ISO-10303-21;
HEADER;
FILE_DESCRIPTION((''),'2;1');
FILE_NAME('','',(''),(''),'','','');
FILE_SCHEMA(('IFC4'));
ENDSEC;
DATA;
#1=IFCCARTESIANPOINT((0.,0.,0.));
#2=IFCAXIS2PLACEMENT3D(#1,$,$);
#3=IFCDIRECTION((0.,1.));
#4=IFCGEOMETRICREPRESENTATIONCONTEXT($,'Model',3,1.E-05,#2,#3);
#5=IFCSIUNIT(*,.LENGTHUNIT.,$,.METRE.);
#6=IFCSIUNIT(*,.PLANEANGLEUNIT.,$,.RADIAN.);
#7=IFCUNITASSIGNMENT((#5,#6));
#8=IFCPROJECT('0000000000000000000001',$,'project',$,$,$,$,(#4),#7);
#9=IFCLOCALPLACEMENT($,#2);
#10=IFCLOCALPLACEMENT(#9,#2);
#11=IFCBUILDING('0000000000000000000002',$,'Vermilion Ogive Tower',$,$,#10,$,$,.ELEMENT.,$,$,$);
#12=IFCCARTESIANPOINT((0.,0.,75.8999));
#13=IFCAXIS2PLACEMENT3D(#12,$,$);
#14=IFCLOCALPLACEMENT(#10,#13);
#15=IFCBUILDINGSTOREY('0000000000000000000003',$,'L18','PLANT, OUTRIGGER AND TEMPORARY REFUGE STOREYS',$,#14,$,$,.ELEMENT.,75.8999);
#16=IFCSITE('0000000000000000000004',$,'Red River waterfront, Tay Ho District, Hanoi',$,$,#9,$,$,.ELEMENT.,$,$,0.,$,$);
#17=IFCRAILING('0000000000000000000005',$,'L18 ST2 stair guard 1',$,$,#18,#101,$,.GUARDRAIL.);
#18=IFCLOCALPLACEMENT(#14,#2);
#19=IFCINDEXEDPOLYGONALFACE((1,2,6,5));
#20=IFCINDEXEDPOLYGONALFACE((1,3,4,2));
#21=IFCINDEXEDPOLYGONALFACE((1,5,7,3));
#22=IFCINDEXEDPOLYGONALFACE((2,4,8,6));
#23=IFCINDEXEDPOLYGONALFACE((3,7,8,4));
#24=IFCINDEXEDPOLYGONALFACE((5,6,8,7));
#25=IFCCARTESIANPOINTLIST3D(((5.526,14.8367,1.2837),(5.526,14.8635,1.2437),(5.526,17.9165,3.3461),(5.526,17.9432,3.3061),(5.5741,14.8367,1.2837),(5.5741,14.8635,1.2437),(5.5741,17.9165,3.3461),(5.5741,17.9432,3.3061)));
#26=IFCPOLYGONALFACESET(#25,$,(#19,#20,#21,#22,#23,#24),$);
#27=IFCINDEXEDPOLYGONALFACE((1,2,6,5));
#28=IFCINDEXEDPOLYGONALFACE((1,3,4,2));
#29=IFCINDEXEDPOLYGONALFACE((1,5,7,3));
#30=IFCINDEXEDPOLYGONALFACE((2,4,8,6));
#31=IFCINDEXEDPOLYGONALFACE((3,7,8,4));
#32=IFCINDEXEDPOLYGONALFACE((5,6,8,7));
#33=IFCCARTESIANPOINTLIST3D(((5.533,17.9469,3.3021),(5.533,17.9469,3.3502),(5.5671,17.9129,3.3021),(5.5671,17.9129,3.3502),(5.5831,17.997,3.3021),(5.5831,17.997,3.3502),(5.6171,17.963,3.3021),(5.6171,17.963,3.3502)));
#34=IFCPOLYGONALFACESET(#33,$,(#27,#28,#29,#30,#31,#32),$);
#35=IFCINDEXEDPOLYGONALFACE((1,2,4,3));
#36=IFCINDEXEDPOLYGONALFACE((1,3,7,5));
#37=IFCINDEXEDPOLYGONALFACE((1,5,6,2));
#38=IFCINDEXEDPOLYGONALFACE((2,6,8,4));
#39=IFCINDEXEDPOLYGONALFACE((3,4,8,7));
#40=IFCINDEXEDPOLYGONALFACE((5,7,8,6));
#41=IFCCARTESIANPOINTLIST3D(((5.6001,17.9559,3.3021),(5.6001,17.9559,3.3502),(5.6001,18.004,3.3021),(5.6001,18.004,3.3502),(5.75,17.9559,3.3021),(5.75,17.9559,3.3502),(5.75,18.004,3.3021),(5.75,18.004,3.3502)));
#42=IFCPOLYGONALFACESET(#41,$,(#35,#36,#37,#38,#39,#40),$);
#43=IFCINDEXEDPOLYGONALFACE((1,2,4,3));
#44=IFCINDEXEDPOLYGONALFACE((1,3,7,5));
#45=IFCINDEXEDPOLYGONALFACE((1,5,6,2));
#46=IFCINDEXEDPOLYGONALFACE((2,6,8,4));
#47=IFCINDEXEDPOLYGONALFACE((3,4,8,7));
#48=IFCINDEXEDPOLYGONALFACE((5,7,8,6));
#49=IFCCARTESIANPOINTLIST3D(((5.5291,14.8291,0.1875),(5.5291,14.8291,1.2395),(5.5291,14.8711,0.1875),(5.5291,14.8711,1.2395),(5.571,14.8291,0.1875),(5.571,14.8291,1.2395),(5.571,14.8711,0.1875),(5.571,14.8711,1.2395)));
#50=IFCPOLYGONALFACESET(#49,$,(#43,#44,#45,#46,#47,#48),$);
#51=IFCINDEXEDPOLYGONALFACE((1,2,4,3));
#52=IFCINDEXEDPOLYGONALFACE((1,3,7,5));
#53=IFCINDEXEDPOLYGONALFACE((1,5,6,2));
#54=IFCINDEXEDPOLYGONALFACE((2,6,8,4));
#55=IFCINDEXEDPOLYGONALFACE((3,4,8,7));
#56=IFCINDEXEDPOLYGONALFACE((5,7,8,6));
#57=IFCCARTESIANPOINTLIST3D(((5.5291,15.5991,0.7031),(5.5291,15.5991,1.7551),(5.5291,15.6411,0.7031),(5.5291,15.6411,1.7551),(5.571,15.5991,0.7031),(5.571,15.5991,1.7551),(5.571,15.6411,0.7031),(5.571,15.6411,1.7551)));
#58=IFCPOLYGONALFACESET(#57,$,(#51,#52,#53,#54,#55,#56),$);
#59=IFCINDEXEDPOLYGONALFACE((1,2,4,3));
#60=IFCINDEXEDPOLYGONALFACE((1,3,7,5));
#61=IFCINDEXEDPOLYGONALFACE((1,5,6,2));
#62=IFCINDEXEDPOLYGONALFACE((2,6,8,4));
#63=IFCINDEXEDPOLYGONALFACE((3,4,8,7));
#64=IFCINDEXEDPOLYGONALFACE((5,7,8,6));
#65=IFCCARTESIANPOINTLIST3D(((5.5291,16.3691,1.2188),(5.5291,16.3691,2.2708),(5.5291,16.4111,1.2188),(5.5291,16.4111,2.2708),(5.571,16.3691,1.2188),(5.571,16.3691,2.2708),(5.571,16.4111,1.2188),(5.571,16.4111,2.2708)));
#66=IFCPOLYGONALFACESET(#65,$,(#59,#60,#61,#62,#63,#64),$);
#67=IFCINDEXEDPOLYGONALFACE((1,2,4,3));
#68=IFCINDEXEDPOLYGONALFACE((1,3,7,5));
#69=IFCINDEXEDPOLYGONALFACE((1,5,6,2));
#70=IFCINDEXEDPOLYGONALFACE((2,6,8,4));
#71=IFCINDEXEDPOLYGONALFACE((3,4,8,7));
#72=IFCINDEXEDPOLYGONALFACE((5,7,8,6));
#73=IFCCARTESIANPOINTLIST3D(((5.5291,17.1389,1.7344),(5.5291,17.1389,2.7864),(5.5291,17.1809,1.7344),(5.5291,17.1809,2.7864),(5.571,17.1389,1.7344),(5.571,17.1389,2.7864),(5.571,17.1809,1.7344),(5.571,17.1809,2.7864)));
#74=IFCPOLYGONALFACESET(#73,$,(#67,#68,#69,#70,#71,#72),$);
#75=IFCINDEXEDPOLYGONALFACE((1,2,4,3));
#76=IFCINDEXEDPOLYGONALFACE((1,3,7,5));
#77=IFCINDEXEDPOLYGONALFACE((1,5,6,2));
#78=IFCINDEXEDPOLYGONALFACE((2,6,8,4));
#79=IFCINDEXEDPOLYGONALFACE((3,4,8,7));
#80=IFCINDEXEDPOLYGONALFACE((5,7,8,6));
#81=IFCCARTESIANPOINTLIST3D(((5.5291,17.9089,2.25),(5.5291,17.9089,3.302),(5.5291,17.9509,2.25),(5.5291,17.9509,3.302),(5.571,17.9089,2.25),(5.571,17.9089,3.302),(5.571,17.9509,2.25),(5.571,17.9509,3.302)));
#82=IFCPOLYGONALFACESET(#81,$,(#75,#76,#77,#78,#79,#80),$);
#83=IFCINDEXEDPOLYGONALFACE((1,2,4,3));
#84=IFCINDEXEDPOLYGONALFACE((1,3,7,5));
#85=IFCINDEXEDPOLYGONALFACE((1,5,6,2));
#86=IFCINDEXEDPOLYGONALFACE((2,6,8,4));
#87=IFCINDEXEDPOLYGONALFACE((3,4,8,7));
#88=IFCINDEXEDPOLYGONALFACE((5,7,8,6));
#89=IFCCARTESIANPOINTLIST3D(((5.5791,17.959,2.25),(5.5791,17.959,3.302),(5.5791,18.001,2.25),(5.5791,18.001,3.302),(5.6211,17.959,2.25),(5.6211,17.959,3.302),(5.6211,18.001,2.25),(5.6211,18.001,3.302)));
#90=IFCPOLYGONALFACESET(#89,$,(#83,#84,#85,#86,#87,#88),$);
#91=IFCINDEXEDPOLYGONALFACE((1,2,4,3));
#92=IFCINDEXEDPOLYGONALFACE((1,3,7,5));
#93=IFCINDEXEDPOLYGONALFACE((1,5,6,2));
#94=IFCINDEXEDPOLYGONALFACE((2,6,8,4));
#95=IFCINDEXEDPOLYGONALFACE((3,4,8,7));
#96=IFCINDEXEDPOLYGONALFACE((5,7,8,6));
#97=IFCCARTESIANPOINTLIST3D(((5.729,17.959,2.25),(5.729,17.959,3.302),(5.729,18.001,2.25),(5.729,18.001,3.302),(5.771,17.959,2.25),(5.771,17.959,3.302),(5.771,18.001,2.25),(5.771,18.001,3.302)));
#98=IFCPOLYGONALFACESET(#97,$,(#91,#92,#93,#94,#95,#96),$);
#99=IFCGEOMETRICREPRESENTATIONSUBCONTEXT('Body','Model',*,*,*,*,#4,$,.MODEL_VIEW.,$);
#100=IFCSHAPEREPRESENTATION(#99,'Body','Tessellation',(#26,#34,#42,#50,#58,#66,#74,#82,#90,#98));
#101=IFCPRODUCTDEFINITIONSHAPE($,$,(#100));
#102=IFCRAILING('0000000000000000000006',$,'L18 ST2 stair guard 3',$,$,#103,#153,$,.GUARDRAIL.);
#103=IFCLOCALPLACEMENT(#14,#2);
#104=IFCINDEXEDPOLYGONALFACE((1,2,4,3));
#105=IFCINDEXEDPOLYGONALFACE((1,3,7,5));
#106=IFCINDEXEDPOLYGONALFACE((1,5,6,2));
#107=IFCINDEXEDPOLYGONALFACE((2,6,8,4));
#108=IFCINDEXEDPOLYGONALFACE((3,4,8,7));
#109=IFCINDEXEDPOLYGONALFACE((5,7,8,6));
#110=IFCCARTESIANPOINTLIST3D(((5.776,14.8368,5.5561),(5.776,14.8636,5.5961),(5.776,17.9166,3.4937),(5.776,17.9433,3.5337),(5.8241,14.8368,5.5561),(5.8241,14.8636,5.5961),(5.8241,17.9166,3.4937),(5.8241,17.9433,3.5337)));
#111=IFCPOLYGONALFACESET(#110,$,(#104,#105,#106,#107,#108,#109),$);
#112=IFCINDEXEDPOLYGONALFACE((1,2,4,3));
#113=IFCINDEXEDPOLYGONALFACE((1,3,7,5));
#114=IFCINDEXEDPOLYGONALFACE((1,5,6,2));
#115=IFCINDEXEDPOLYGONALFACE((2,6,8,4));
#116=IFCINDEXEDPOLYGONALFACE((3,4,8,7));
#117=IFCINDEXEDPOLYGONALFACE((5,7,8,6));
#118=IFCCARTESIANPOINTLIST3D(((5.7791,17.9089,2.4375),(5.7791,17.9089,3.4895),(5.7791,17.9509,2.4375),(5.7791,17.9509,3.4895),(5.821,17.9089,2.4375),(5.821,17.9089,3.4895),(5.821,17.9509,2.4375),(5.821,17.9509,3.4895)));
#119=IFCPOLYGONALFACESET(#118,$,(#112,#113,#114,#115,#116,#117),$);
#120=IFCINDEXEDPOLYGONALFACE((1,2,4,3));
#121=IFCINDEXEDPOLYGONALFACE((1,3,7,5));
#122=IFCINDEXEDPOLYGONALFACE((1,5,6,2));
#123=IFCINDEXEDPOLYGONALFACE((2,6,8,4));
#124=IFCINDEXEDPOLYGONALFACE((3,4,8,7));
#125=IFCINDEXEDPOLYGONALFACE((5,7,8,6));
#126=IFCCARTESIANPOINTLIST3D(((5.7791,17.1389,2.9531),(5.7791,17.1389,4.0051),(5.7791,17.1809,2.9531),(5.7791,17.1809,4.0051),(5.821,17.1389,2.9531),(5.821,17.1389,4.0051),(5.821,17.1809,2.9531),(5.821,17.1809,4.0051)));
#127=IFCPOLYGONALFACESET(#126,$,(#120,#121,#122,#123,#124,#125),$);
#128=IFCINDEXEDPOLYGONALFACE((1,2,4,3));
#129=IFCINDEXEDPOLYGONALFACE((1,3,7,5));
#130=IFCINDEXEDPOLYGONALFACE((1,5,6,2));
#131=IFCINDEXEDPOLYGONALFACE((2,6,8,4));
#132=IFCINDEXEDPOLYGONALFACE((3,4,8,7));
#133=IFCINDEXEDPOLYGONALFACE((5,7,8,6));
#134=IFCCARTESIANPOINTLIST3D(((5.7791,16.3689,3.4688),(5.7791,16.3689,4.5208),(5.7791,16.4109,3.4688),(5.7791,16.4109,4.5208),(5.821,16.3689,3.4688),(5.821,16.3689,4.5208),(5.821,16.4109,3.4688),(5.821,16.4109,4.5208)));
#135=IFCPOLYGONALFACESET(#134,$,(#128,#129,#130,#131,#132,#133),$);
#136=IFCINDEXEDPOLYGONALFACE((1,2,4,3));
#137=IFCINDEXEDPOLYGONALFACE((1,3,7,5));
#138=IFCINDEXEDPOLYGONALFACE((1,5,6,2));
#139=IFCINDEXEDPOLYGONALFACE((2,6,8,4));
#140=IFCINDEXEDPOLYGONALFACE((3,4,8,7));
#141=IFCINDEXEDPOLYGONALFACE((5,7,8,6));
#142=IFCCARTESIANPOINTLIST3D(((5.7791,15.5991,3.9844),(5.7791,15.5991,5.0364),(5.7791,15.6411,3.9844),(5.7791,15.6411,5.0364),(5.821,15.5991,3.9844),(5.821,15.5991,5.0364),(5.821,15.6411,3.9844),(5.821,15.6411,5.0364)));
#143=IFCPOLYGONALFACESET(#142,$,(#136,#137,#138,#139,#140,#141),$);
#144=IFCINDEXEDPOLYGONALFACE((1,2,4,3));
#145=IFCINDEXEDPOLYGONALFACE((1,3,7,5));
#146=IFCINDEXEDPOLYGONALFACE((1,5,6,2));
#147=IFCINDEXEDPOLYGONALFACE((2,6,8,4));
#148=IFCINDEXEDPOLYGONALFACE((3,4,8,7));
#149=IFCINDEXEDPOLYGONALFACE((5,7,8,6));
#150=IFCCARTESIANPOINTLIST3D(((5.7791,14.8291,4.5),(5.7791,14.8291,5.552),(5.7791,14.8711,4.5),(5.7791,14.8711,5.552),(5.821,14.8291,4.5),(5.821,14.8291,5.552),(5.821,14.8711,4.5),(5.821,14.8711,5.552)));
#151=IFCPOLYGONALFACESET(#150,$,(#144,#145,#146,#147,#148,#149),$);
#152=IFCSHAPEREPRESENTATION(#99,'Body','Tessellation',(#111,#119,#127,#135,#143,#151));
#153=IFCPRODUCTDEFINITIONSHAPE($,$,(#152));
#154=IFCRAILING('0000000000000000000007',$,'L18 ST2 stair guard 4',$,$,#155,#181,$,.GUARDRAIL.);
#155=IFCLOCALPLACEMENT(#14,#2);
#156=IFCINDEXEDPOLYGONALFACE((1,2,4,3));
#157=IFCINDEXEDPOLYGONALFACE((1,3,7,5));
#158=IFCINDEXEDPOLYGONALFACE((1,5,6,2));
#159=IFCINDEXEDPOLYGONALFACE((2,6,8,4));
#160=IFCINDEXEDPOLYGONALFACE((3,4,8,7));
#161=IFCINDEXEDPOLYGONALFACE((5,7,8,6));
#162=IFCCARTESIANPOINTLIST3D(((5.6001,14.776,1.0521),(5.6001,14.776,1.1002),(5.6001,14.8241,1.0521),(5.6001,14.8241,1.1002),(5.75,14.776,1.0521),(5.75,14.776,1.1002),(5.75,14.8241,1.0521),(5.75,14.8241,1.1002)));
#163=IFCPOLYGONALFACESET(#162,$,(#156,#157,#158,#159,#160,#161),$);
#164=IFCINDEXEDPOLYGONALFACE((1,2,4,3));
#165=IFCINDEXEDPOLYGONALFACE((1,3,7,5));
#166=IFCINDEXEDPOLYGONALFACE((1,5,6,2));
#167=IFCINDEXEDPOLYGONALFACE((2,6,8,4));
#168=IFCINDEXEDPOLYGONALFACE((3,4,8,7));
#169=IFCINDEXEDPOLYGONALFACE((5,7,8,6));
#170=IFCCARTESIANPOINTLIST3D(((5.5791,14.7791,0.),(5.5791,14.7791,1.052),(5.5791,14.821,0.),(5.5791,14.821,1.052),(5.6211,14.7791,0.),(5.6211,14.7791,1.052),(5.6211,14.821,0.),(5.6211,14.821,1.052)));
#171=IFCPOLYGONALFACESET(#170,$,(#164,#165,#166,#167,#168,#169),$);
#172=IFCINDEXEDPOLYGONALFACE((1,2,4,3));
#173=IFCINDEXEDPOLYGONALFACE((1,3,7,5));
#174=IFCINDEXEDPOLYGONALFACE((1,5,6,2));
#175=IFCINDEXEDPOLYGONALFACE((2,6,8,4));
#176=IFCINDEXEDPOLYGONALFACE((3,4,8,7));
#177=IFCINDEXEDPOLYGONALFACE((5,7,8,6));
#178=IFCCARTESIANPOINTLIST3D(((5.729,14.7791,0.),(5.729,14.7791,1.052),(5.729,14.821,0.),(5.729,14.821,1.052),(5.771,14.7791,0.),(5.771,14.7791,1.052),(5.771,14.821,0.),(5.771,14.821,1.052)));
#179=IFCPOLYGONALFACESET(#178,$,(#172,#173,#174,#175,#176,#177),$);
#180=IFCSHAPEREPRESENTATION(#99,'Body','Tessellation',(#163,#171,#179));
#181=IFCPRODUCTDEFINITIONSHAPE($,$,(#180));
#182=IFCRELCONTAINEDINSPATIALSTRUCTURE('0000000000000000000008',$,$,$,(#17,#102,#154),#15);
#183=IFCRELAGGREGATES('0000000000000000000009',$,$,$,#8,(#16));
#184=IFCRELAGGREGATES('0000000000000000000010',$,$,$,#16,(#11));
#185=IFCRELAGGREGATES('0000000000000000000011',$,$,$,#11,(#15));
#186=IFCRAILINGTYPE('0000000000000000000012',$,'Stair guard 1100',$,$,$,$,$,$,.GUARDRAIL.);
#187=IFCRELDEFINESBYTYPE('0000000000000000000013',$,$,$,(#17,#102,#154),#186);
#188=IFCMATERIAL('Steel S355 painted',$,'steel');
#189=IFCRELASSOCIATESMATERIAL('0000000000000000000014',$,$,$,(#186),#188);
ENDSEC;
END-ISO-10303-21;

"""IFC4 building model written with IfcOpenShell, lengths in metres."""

from ifc_helpers import new_model, si_unit, direction, frame, origin, origin_2d, place, context, subcontext, project, spatial, rectangle, extrude, material, type_object, element, save


model = new_model("IFC4")

# Units and contexts
model_context = context("Model", 3, precision=1e-05, world=origin(), true_north=direction((0.0, 1.0)))
body_context = subcontext(model_context, "Body", "Model", "MODEL_VIEW")
ifc_project = project(units=[si_unit("LENGTHUNIT", "METRE"), si_unit("PLANEANGLEUNIT", "RADIAN")], contexts=[model_context])

# Site, building, storey
site_placement = place(None, origin())
site = spatial("IfcSite", under=ifc_project, at=site_placement, Name="Red River waterfront, Tay Ho District, Hanoi", CompositionType="ELEMENT", RefElevation=0.0)
building_placement = place(site_placement, origin())
building = spatial("IfcBuilding", under=site, at=building_placement, Name="Vermilion Ogive Tower", CompositionType="ELEMENT")
storey_placement = place(building_placement, frame((0.0, 0.0, 75.8999)))
storey = spatial("IfcBuildingStorey", under=building, at=storey_placement, Name="L18", Description="PLANT, OUTRIGGER AND TEMPORARY REFUGE STOREYS", CompositionType="ELEMENT", Elevation=75.8999)

# Railings
ifc_material_1 = material(Name="Steel S355 painted", Category="steel")
railing_type_1 = type_object("IfcRailingType", Name="Stair guard 1100", PredefinedType="GUARDRAIL", material=ifc_material_1)
railing_1_placement = place(storey_placement, frame((5.55, 14.8501, 0.1875)))
element("IfcRailing", 1, at=railing_1_placement, inside=storey, type_object=railing_type_1, Name="L18 ST2 stair guard 1", PredefinedType="GUARDRAIL", context=body_context, shape_type="SweptSolid", body=[
    extrude(rectangle(XDim=0.0481, YDim=0.0481, at=origin_2d()), frame((0.0, 0.0, 1.0762), z_axis=(0.0, 0.830893, 0.556432), x_axis=(-1.0, 0.0, 0.0)), (0.0, 0.0, 1.0), 3.7065),
    extrude(rectangle(XDim=0.0481, YDim=0.0481, at=origin_2d()), frame((0.0, 3.0798, 3.1387), z_axis=(0.707107, 0.707107, 0.0), x_axis=(-0.707107, 0.707107, 0.0)), (0.0, 0.0, 1.0), 0.0708),
    extrude(rectangle(XDim=0.0481, YDim=0.0481, at=origin_2d()), frame((0.05, 3.1299, 3.1387), z_axis=(1.0, 0.0, 0.0), x_axis=(0.0, 1.0, 0.0)), (0.0, 0.0, 1.0), 0.1499),
    extrude(rectangle(XDim=0.042, YDim=0.042, at=origin_2d()), origin(), (0.0, 0.0, 1.0), 1.052),
    extrude(rectangle(XDim=0.042, YDim=0.042, at=origin_2d()), frame((0.0, 0.77, 0.5156)), (0.0, 0.0, 1.0), 1.052),
    extrude(rectangle(XDim=0.042, YDim=0.042, at=origin_2d()), frame((0.0, 1.54, 1.0312)), (0.0, 0.0, 1.0), 1.052),
    extrude(rectangle(XDim=0.042, YDim=0.042, at=origin_2d()), frame((0.0, 2.3098, 1.5469)), (0.0, 0.0, 1.0), 1.052),
    extrude(rectangle(XDim=0.042, YDim=0.042, at=origin_2d()), frame((0.0, 3.0798, 2.0625)), (0.0, 0.0, 1.0), 1.052),
    extrude(rectangle(XDim=0.042, YDim=0.042, at=origin_2d()), frame((0.05, 3.1299, 2.0625)), (0.0, 0.0, 1.0), 1.052),
    extrude(rectangle(XDim=0.042, YDim=0.042, at=origin_2d()), frame((0.2, 3.1299, 2.0625)), (0.0, 0.0, 1.0), 1.052),
])
railing_2_placement = place(storey_placement, frame((5.8, 17.9299, 2.4375)))
element("IfcRailing", 2, at=railing_2_placement, inside=storey, type_object=railing_type_1, Name="L18 ST2 stair guard 3", PredefinedType="GUARDRAIL", context=body_context, shape_type="SweptSolid", body=[
    extrude(rectangle(XDim=0.0481, YDim=0.0481, at=origin_2d()), frame((0.0, 0.0, 1.0762), z_axis=(0.0, -0.830893, 0.556432), x_axis=(1.0, 0.0, 0.0)), (0.0, 0.0, 1.0), 3.7065),
    extrude(rectangle(XDim=0.042, YDim=0.042, at=origin_2d()), origin(), (0.0, 0.0, 1.0), 1.052),
    extrude(rectangle(XDim=0.042, YDim=0.042, at=origin_2d()), frame((0.0, -0.77, 0.5156)), (0.0, 0.0, 1.0), 1.052),
    extrude(rectangle(XDim=0.042, YDim=0.042, at=origin_2d()), frame((0.0, -1.54, 1.0312)), (0.0, 0.0, 1.0), 1.052),
    extrude(rectangle(XDim=0.042, YDim=0.042, at=origin_2d()), frame((0.0, -2.3098, 1.5469)), (0.0, 0.0, 1.0), 1.052),
    extrude(rectangle(XDim=0.042, YDim=0.042, at=origin_2d()), frame((0.0, -3.0798, 2.0625)), (0.0, 0.0, 1.0), 1.052),
])
railing_3_placement = place(storey_placement, frame((5.6001, 14.8, 0.0)))
element("IfcRailing", 3, at=railing_3_placement, inside=storey, type_object=railing_type_1, Name="L18 ST2 stair guard 4", PredefinedType="GUARDRAIL", context=body_context, shape_type="SweptSolid", body=[
    extrude(rectangle(XDim=0.0481, YDim=0.0481, at=origin_2d()), frame((0.0, 0.0, 1.0762), z_axis=(1.0, 0.0, 0.0), x_axis=(0.0, 1.0, 0.0)), (0.0, 0.0, 1.0), 0.1499),
    extrude(rectangle(XDim=0.042, YDim=0.042, at=origin_2d()), origin(), (0.0, 0.0, 1.0), 1.052),
    extrude(rectangle(XDim=0.042, YDim=0.042, at=origin_2d()), frame((0.1499, 0.0, 0.0)), (0.0, 0.0, 1.0), 1.052),
])

save(model, "model.ifc")
